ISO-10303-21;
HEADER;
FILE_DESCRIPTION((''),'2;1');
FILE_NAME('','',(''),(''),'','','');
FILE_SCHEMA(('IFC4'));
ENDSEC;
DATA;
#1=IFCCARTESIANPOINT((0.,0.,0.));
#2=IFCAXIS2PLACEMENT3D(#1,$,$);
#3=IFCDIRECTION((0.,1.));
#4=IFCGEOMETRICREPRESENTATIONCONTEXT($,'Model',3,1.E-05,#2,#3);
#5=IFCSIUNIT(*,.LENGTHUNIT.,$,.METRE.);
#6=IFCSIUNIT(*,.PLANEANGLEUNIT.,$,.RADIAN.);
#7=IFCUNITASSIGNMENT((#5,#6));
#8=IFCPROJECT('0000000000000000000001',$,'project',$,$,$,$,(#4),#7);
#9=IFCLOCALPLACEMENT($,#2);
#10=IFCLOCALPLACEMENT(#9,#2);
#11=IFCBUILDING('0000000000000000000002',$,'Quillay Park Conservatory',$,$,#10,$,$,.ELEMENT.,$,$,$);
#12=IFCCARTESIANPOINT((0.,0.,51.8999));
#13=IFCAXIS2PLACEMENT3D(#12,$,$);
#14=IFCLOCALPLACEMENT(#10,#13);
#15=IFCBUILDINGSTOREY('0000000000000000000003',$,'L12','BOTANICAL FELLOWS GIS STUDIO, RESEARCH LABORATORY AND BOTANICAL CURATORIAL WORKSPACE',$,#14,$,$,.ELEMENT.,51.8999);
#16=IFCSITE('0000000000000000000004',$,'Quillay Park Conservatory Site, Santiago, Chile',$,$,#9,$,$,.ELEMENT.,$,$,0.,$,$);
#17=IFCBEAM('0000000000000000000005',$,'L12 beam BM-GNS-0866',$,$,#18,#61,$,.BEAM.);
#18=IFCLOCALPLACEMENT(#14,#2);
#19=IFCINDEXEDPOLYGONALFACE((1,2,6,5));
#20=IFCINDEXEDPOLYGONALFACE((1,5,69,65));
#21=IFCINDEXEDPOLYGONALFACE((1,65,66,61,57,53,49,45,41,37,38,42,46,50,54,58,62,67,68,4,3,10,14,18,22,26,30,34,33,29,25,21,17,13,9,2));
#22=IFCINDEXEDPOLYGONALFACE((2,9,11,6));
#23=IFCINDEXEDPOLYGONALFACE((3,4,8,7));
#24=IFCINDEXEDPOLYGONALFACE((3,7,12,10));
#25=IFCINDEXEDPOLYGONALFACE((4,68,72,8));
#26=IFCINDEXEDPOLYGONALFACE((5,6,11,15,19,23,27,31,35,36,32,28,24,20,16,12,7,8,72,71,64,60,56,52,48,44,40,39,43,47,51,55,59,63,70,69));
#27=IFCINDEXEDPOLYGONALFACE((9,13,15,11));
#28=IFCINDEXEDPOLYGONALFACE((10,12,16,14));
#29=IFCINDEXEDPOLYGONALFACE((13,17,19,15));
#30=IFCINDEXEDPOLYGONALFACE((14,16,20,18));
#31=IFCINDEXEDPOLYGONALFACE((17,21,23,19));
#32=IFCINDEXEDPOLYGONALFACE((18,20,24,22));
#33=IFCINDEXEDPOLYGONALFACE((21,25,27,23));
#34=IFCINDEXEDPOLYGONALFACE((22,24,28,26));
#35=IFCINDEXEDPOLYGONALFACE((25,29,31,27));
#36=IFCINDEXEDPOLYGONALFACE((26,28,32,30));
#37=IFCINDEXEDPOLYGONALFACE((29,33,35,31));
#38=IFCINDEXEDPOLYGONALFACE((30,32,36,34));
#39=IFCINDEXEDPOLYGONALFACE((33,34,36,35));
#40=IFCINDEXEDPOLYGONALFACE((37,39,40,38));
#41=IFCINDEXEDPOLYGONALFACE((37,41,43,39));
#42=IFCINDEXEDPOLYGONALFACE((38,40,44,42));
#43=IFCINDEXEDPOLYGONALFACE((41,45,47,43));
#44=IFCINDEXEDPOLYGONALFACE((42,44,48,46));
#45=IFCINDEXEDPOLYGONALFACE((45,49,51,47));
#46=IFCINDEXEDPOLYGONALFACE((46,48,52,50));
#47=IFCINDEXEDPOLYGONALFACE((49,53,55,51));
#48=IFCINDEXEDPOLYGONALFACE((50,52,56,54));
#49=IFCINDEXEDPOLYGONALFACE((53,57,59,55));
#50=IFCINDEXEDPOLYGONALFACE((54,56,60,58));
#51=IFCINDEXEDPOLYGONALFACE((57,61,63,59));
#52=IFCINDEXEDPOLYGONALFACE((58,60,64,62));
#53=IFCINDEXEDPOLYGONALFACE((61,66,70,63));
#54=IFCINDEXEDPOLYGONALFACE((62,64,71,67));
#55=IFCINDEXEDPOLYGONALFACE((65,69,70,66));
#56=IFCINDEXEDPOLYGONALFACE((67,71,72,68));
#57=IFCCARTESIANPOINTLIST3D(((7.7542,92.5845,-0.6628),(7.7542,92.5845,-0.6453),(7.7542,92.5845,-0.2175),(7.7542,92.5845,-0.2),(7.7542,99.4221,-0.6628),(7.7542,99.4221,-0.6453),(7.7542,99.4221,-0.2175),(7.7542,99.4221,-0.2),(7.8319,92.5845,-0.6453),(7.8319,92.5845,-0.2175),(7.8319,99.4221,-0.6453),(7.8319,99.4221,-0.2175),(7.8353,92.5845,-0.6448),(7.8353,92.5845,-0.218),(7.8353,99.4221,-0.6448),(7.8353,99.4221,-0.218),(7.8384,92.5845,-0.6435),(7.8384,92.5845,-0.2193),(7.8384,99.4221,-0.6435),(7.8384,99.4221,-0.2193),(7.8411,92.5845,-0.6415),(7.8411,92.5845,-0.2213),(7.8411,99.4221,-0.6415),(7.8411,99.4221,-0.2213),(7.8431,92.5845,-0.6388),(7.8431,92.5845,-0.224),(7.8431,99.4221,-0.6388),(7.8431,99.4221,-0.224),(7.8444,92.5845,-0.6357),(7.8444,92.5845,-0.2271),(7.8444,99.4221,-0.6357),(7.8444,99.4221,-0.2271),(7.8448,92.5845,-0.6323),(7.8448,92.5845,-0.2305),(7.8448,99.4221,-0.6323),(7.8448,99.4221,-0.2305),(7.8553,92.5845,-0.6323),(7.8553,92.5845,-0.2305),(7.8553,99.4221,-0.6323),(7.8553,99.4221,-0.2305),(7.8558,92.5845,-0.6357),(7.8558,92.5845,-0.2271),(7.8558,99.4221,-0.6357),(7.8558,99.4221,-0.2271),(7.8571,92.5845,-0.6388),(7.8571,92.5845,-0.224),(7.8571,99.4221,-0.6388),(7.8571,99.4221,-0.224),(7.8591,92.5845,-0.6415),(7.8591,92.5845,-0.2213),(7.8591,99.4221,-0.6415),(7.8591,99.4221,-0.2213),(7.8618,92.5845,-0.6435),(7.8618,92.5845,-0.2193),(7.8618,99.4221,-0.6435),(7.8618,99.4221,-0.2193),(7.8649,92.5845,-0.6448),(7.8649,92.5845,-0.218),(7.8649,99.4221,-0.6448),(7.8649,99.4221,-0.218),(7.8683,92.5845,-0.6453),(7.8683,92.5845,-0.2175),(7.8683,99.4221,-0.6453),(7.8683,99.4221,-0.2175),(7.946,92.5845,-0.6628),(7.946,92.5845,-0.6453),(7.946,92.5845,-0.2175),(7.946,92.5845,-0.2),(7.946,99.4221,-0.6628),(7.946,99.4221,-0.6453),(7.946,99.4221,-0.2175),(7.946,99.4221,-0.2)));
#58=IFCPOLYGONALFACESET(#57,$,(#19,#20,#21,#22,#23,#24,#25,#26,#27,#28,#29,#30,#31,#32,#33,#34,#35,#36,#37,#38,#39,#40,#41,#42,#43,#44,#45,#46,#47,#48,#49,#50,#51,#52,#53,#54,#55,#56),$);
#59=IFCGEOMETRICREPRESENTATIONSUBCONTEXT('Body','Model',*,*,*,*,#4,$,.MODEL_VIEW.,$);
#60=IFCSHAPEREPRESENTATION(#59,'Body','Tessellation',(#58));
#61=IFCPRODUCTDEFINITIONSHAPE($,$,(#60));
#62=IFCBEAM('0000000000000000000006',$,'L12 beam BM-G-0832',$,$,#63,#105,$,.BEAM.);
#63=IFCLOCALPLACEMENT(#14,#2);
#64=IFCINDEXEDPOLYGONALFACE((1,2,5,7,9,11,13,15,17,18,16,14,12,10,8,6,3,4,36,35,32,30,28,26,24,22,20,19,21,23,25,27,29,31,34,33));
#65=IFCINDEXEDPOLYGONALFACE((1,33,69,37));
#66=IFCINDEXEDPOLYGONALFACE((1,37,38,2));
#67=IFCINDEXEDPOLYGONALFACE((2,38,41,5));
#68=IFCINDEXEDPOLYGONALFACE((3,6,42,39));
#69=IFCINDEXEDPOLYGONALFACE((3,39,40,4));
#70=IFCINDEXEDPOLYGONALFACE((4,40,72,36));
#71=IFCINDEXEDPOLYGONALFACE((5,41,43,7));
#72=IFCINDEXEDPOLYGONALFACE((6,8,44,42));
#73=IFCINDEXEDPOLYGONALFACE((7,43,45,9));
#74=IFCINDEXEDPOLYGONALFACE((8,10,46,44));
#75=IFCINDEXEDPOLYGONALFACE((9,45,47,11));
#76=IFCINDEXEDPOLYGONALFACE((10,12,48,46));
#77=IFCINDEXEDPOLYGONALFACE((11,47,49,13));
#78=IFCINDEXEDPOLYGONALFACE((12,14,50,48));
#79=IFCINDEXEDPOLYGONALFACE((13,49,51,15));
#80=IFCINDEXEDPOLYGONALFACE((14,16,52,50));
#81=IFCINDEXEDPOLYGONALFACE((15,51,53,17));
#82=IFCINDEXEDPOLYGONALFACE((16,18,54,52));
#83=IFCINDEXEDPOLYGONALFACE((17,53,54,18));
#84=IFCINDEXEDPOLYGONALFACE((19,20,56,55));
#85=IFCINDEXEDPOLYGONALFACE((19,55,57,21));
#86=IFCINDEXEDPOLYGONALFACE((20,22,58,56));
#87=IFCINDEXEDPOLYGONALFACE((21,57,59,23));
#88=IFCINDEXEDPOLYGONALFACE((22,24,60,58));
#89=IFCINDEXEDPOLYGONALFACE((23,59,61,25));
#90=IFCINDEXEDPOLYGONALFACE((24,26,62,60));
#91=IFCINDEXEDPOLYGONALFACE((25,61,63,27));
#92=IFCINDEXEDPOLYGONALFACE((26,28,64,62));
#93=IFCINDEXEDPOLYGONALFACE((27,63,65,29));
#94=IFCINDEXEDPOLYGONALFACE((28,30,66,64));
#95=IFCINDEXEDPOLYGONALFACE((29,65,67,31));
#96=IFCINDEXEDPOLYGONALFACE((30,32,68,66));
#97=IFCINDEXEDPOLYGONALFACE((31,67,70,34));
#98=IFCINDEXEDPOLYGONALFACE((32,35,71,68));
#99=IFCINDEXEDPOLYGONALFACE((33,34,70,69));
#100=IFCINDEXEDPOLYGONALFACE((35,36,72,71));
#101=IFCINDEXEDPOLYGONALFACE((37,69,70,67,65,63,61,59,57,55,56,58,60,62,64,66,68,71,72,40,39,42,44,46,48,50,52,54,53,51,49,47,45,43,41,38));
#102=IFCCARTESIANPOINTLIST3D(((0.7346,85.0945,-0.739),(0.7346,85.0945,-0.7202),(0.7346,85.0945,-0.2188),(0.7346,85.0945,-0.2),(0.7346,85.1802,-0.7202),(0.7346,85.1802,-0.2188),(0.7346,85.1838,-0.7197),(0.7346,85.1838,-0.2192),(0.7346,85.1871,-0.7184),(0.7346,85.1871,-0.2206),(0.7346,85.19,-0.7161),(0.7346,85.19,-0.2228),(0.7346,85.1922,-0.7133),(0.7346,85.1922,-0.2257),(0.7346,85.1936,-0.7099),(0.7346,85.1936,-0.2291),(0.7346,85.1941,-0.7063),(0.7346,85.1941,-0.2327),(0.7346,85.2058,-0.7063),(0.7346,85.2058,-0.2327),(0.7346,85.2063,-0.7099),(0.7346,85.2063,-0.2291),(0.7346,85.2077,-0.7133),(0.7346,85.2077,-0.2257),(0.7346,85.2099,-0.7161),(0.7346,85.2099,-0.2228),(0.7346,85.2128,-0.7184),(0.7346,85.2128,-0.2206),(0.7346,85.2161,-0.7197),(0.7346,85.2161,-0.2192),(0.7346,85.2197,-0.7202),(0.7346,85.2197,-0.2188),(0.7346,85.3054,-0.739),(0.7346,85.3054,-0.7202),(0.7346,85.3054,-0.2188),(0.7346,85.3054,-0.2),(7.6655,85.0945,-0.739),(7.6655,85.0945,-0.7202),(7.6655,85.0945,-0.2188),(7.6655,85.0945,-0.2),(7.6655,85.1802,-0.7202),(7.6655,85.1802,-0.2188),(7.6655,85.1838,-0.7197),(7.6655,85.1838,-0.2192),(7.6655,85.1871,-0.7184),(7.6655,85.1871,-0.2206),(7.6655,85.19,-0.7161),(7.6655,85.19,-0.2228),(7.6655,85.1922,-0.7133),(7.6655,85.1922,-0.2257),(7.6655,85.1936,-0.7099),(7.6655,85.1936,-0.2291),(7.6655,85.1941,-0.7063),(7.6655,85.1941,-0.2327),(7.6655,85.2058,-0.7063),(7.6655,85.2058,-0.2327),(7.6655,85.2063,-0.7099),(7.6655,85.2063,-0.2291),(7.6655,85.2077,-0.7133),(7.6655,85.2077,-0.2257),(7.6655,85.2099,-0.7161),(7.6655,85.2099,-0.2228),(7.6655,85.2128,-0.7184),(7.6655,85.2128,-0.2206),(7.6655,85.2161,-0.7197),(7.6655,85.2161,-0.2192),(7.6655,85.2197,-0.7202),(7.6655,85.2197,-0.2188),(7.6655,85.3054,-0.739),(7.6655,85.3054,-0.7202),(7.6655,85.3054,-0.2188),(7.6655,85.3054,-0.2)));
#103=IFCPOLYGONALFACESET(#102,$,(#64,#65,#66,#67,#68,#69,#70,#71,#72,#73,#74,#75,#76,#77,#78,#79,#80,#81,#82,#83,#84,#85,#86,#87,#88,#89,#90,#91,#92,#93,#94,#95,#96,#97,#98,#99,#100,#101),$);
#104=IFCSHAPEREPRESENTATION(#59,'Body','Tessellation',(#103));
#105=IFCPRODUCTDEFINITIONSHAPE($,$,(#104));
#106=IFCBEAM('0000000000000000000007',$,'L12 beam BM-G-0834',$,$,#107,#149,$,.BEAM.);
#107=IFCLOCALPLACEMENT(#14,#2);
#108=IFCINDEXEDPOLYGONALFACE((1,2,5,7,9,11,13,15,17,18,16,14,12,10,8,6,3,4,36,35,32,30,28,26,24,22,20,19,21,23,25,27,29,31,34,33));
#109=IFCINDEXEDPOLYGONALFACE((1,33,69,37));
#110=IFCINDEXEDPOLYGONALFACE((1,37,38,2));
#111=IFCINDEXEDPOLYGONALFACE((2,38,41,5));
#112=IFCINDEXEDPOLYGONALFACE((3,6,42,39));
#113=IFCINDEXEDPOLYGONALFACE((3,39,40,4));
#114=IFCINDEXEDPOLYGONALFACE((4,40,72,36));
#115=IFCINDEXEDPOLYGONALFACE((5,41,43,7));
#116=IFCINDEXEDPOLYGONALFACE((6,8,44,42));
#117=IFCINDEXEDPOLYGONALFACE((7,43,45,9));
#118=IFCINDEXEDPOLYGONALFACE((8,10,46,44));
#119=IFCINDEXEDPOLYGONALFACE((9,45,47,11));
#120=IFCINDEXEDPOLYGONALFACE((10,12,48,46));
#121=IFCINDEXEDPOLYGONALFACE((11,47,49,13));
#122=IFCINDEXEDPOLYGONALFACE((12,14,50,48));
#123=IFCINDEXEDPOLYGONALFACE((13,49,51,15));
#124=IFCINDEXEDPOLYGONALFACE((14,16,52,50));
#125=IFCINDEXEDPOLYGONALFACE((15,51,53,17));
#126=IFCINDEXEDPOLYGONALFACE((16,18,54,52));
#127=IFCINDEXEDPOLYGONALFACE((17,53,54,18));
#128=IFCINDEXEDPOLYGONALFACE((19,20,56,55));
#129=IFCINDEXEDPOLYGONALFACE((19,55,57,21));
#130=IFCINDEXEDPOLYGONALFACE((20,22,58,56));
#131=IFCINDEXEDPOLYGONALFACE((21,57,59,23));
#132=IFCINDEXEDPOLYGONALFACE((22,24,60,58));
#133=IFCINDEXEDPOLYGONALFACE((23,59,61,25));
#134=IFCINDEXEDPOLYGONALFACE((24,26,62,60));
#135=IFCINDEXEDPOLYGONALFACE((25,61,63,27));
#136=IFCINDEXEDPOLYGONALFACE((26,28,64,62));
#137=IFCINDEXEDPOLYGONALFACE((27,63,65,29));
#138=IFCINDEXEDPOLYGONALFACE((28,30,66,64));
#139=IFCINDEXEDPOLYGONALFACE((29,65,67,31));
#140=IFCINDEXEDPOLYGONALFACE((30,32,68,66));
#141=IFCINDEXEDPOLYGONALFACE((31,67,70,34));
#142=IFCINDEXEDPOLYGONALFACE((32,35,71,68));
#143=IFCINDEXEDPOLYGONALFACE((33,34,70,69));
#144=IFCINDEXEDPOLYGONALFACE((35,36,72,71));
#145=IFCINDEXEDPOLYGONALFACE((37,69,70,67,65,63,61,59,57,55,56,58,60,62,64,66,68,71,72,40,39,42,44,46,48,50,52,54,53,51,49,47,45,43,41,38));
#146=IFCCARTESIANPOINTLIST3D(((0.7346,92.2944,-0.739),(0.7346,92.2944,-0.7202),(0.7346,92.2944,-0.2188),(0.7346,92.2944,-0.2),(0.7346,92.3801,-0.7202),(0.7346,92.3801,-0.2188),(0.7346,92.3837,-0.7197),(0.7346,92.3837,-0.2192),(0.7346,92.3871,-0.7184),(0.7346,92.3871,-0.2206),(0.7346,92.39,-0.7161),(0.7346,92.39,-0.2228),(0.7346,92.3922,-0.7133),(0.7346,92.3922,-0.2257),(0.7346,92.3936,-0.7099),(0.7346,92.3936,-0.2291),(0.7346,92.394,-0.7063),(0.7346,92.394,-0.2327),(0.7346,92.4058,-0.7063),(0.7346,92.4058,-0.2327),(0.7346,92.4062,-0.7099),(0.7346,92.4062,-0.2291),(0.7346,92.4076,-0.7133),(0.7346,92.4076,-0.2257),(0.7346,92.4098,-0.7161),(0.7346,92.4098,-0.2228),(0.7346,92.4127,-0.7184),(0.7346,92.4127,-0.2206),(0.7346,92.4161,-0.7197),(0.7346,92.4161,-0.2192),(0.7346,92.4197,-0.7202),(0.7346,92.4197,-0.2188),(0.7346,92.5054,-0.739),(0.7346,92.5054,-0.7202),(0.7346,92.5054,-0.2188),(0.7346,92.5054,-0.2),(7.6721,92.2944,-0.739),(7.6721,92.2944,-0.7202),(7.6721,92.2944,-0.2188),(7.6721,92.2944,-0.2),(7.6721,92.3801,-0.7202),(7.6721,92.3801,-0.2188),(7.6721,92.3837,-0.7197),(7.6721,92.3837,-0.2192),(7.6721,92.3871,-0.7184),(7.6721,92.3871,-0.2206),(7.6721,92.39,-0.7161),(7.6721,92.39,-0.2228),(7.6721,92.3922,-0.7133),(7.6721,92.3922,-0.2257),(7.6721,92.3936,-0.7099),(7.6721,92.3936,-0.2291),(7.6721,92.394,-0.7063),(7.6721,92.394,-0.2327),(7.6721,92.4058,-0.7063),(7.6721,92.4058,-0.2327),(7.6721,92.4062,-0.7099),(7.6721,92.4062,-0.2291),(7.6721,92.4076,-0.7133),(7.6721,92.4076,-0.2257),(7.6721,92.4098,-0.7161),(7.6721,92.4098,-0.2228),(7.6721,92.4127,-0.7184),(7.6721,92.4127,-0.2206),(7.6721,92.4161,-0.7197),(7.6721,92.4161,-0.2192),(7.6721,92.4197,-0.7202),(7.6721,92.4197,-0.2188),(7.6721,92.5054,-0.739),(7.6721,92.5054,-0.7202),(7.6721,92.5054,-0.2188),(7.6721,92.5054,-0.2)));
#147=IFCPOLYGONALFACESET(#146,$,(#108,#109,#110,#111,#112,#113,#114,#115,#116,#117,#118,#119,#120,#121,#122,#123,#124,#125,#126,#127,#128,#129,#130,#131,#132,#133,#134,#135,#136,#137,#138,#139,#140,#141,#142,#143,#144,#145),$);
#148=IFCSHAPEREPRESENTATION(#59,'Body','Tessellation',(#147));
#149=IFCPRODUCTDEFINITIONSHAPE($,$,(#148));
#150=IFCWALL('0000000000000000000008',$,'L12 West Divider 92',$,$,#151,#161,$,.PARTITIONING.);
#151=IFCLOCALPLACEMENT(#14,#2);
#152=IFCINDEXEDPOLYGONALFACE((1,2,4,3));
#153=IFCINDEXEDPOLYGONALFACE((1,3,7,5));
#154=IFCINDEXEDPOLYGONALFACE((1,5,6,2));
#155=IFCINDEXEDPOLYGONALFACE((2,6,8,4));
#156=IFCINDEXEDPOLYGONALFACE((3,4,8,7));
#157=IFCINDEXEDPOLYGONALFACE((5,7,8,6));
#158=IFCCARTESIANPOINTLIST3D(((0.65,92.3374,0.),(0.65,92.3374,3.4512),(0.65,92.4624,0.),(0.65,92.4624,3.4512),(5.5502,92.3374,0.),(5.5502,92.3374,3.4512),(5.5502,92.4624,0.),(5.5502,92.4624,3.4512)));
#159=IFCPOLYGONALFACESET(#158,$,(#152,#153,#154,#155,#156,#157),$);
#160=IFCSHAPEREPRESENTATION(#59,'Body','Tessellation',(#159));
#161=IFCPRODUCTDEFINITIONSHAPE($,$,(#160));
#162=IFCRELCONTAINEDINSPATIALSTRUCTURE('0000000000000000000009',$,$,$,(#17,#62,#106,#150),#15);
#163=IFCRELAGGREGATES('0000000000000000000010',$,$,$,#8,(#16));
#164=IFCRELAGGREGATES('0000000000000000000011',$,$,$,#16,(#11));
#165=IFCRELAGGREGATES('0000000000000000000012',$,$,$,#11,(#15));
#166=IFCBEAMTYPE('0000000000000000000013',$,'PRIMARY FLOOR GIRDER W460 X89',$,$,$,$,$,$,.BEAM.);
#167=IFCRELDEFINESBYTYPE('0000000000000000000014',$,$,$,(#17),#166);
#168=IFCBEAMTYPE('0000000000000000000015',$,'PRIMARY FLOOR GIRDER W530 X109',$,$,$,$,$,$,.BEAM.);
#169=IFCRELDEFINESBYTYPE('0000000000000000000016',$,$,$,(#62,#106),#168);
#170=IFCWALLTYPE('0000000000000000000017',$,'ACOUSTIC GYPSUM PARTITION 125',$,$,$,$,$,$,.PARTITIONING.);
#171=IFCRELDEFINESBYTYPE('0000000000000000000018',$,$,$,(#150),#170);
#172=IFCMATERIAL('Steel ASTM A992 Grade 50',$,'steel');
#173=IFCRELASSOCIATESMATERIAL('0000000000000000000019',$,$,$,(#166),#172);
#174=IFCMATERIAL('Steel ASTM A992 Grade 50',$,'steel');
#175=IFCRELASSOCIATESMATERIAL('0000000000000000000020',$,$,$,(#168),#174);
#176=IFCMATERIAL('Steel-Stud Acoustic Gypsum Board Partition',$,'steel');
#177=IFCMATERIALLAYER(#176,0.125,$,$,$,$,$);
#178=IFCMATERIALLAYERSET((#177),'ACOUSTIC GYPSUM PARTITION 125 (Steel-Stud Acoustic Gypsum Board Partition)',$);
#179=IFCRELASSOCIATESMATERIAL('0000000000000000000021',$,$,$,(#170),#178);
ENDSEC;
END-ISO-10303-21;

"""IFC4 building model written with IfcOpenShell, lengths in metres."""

from ifc_helpers import new_model, si_unit, direction, frame, frame_2d, origin, origin_2d, place, context, subcontext, project, spatial, rectangle, i_section, extrude, material, layer, layer_set, material_profile, profile_set, type_object, element, save


model = new_model("IFC4")

# Units and contexts
model_context = context("Model", 3, precision=1e-05, world=origin(), true_north=direction((0.0, 1.0)))
body_context = subcontext(model_context, "Body", "Model", "MODEL_VIEW")
ifc_project = project(units=[si_unit("LENGTHUNIT", "METRE"), si_unit("PLANEANGLEUNIT", "RADIAN")], contexts=[model_context])

# Site, building, storey
site_placement = place(None, origin())
site = spatial("IfcSite", under=ifc_project, at=site_placement, Name="Quillay Park Conservatory Site, Santiago, Chile", CompositionType="ELEMENT", RefElevation=0.0)
building_placement = place(site_placement, origin())
building = spatial("IfcBuilding", under=site, at=building_placement, Name="Quillay Park Conservatory", CompositionType="ELEMENT")
storey_placement = place(building_placement, frame((0.0, 0.0, 51.8999)))
storey = spatial("IfcBuildingStorey", under=building, at=storey_placement, Name="L12", Description="BOTANICAL FELLOWS GIS STUDIO, RESEARCH LABORATORY AND BOTANICAL CURATORIAL WORKSPACE", CompositionType="ELEMENT", Elevation=51.8999)

# Beams
ifc_material_1 = material(Name="Steel ASTM A992 Grade 50", Category="steel")
ifc_material_profile_1 = material_profile(ifc_material_1, i_section(OverallWidth=0.1919, OverallDepth=0.4629, WebThickness=0.0105, FlangeThickness=0.0176, FilletRadius=0.0129, at=origin_2d()), Name="W460x89")
ifc_profile_set_1 = profile_set([ifc_material_profile_1], Name="Steel ASTM A992 Grade 50")
beam_type_1 = type_object("IfcBeamType", Name="PRIMARY FLOOR GIRDER W460 X89", PredefinedType="BEAM", material=ifc_profile_set_1)
for number, where, z_axis, x_axis, name in (
    (1, (7.8501, 92.5845, -0.4314), (0.0, 1.0, 0.0), (-1.0, 0.0, 0.0), "L12 beam BM-GNS-0866"),
):
    element("IfcBeam", number, at=place(storey_placement, frame(where, z_axis=z_axis, x_axis=x_axis)), inside=storey, type_object=beam_type_1, Name=name, PredefinedType="BEAM", context=body_context, shape_type="SweptSolid", body=[
        extrude(i_section(OverallWidth=0.1919, OverallDepth=0.4629, WebThickness=0.0105, FlangeThickness=0.0176, FilletRadius=0.0129, at=origin_2d()), origin(), (0.0, 0.0, 1.0), 6.8376),
    ])
ifc_material_2 = material(Name="Steel ASTM A992 Grade 50", Category="steel")
ifc_material_profile_2 = material_profile(ifc_material_2, i_section(OverallWidth=0.2109, OverallDepth=0.5391, WebThickness=0.0117, FlangeThickness=0.0188, FilletRadius=0.0139, at=origin_2d()), Name="W530x109")
ifc_profile_set_2 = profile_set([ifc_material_profile_2], Name="Steel ASTM A992 Grade 50")
beam_type_2 = type_object("IfcBeamType", Name="PRIMARY FLOOR GIRDER W530 X109", PredefinedType="BEAM", material=ifc_profile_set_2)
beam_1_placement = place(storey_placement, frame((0.7346, 85.2, -0.4695), z_axis=(1.0, 0.0, 0.0), x_axis=(0.0, 1.0, 0.0)))
element("IfcBeam", 2, at=beam_1_placement, inside=storey, type_object=beam_type_2, Name="L12 beam BM-G-0832", PredefinedType="BEAM", context=body_context, shape_type="SweptSolid", body=[
    extrude(i_section(OverallWidth=0.2109, OverallDepth=0.5391, WebThickness=0.0117, FlangeThickness=0.0188, FilletRadius=0.0139, at=origin_2d()), origin(), (0.0, 0.0, 1.0), 6.9309),
])
beam_2_placement = place(storey_placement, frame((0.7346, 92.3999, -0.4695), z_axis=(1.0, 0.0, 0.0), x_axis=(0.0, 1.0, 0.0)))
element("IfcBeam", 3, at=beam_2_placement, inside=storey, type_object=beam_type_2, Name="L12 beam BM-G-0834", PredefinedType="BEAM", context=body_context, shape_type="SweptSolid", body=[
    extrude(i_section(OverallWidth=0.2109, OverallDepth=0.5391, WebThickness=0.0117, FlangeThickness=0.0188, FilletRadius=0.0139, at=origin_2d()), origin(), (0.0, 0.0, 1.0), 6.9375),
])

# Wall
ifc_material_3 = material(Name="Steel-Stud Acoustic Gypsum Board Partition", Category="steel")
ifc_layer_1 = layer(ifc_material_3, 0.125)
ifc_layer_set_1 = layer_set([ifc_layer_1], Name="ACOUSTIC GYPSUM PARTITION 125 (Steel-Stud Acoustic Gypsum Board Partition)")
wall_type_1 = type_object("IfcWallType", Name="ACOUSTIC GYPSUM PARTITION 125", PredefinedType="PARTITIONING", material=ifc_layer_set_1)
wall_1_placement = place(storey_placement, frame((0.6499, 92.3999, 0.0), z_axis=(0.0, 0.0, 1.0), x_axis=(1.0, 0.0, 0.0)))
element("IfcWall", 4, at=wall_1_placement, inside=storey, type_object=wall_type_1, Name="L12 West Divider 92", PredefinedType="PARTITIONING", context=body_context, shape_type="SweptSolid", body=[
    extrude(rectangle(XDim=4.9001, YDim=0.125, at=frame_2d((2.4502, 0.0))), origin(), (0.0, 0.0, 1.0), 3.4512),
])

save(model, "model.ifc")
